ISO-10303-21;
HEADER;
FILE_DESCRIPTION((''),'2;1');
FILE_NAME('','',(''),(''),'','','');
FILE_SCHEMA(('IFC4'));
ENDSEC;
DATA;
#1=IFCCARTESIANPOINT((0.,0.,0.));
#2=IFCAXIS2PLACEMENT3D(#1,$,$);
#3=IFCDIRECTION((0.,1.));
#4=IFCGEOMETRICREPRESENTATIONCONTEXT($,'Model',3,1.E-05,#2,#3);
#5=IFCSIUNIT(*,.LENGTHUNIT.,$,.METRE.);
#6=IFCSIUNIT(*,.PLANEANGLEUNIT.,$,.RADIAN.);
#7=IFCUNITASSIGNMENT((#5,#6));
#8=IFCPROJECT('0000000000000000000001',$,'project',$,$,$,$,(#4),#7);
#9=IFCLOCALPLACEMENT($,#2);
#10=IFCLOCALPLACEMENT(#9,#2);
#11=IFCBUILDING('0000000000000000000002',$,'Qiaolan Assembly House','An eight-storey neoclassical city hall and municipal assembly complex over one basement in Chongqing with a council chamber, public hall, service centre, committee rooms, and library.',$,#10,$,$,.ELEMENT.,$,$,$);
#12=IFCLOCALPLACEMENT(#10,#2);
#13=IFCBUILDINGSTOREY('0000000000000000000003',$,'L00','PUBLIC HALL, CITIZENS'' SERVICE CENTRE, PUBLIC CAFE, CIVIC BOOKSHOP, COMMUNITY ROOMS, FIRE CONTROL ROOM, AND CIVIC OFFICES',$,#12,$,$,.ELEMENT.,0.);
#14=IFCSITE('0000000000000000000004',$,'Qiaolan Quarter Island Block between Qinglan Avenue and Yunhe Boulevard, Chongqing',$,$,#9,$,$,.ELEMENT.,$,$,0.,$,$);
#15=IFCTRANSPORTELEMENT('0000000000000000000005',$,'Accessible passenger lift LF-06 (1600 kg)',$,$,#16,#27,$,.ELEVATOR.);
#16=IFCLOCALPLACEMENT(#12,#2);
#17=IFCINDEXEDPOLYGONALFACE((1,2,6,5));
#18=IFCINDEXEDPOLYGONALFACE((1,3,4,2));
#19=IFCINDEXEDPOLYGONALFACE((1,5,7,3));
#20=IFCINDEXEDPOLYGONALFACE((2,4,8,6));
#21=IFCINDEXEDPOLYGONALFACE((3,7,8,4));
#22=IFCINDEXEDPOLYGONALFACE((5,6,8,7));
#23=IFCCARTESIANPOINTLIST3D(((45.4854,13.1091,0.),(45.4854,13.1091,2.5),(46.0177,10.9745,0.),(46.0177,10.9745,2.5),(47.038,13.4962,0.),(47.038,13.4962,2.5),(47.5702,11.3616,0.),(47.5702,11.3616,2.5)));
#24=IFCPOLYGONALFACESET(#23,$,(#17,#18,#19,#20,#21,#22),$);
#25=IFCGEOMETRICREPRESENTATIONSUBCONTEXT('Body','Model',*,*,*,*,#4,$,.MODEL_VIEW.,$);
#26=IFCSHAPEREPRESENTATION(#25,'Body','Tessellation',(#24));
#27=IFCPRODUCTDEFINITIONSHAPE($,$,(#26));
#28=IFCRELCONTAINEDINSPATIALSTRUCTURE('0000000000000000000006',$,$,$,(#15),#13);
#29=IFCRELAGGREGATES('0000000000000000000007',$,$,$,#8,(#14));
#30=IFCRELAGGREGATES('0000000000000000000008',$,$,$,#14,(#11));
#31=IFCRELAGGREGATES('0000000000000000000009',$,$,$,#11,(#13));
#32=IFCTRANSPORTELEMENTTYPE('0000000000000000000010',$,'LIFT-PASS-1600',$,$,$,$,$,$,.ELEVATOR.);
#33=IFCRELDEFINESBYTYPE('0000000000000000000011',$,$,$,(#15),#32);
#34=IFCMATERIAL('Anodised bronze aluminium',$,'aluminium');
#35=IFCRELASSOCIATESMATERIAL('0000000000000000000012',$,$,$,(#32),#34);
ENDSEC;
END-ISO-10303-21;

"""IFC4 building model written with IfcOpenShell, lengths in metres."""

from ifc_helpers import new_model, si_unit, direction, frame, origin, origin_2d, place, context, subcontext, project, spatial, rectangle, extrude, material, type_object, element, save


model = new_model("IFC4")

# Units and contexts
model_context = context("Model", 3, precision=1e-05, world=origin(), true_north=direction((0.0, 1.0)))
body_context = subcontext(model_context, "Body", "Model", "MODEL_VIEW")
ifc_project = project(units=[si_unit("LENGTHUNIT", "METRE"), si_unit("PLANEANGLEUNIT", "RADIAN")], contexts=[model_context])

# Site, building, storey
site_placement = place(None, origin())
site = spatial("IfcSite", under=ifc_project, at=site_placement, Name="Qiaolan Quarter Island Block between Qinglan Avenue and Yunhe Boulevard, Chongqing", CompositionType="ELEMENT", RefElevation=0.0)
building_placement = place(site_placement, origin())
building = spatial("IfcBuilding", under=site, at=building_placement, Name="Qiaolan Assembly House", Description="An eight-storey neoclassical city hall and municipal assembly complex over one basement in Chongqing with a council chamber, public hall, service centre, committee rooms, and library.", CompositionType="ELEMENT")
storey_placement = place(building_placement, origin())
storey = spatial("IfcBuildingStorey", under=building, at=storey_placement, Name="L00", Description="PUBLIC HALL, CITIZENS' SERVICE CENTRE, PUBLIC CAFE, CIVIC BOOKSHOP, COMMUNITY ROOMS, FIRE CONTROL ROOM, AND CIVIC OFFICES", CompositionType="ELEMENT", Elevation=0.0)

# Shared definitions
ifc_material_1 = material(Name="Anodised bronze aluminium", Category="aluminium")

# Transport element
transport_element_type_1 = type_object("IfcTransportElementType", Name="LIFT-PASS-1600", PredefinedType="ELEVATOR", material=ifc_material_1)
transport_element_1_placement = place(storey_placement, frame((46.5278, 12.2354, 0.0), z_axis=(0.0, 0.0, 1.0), x_axis=(0.970296, 0.241922, 0.0)))
element("IfcTransportElement", 1, at=transport_element_1_placement, inside=storey, type_object=transport_element_type_1, Name="Accessible passenger lift LF-06 (1600 kg)", PredefinedType="ELEVATOR", context=body_context, shape_type="SweptSolid", body=[
    extrude(rectangle(XDim=1.6001, YDim=2.2, at=origin_2d()), origin(), (0.0, 0.0, 1.0), 2.5),
])

save(model, "model.ifc")
